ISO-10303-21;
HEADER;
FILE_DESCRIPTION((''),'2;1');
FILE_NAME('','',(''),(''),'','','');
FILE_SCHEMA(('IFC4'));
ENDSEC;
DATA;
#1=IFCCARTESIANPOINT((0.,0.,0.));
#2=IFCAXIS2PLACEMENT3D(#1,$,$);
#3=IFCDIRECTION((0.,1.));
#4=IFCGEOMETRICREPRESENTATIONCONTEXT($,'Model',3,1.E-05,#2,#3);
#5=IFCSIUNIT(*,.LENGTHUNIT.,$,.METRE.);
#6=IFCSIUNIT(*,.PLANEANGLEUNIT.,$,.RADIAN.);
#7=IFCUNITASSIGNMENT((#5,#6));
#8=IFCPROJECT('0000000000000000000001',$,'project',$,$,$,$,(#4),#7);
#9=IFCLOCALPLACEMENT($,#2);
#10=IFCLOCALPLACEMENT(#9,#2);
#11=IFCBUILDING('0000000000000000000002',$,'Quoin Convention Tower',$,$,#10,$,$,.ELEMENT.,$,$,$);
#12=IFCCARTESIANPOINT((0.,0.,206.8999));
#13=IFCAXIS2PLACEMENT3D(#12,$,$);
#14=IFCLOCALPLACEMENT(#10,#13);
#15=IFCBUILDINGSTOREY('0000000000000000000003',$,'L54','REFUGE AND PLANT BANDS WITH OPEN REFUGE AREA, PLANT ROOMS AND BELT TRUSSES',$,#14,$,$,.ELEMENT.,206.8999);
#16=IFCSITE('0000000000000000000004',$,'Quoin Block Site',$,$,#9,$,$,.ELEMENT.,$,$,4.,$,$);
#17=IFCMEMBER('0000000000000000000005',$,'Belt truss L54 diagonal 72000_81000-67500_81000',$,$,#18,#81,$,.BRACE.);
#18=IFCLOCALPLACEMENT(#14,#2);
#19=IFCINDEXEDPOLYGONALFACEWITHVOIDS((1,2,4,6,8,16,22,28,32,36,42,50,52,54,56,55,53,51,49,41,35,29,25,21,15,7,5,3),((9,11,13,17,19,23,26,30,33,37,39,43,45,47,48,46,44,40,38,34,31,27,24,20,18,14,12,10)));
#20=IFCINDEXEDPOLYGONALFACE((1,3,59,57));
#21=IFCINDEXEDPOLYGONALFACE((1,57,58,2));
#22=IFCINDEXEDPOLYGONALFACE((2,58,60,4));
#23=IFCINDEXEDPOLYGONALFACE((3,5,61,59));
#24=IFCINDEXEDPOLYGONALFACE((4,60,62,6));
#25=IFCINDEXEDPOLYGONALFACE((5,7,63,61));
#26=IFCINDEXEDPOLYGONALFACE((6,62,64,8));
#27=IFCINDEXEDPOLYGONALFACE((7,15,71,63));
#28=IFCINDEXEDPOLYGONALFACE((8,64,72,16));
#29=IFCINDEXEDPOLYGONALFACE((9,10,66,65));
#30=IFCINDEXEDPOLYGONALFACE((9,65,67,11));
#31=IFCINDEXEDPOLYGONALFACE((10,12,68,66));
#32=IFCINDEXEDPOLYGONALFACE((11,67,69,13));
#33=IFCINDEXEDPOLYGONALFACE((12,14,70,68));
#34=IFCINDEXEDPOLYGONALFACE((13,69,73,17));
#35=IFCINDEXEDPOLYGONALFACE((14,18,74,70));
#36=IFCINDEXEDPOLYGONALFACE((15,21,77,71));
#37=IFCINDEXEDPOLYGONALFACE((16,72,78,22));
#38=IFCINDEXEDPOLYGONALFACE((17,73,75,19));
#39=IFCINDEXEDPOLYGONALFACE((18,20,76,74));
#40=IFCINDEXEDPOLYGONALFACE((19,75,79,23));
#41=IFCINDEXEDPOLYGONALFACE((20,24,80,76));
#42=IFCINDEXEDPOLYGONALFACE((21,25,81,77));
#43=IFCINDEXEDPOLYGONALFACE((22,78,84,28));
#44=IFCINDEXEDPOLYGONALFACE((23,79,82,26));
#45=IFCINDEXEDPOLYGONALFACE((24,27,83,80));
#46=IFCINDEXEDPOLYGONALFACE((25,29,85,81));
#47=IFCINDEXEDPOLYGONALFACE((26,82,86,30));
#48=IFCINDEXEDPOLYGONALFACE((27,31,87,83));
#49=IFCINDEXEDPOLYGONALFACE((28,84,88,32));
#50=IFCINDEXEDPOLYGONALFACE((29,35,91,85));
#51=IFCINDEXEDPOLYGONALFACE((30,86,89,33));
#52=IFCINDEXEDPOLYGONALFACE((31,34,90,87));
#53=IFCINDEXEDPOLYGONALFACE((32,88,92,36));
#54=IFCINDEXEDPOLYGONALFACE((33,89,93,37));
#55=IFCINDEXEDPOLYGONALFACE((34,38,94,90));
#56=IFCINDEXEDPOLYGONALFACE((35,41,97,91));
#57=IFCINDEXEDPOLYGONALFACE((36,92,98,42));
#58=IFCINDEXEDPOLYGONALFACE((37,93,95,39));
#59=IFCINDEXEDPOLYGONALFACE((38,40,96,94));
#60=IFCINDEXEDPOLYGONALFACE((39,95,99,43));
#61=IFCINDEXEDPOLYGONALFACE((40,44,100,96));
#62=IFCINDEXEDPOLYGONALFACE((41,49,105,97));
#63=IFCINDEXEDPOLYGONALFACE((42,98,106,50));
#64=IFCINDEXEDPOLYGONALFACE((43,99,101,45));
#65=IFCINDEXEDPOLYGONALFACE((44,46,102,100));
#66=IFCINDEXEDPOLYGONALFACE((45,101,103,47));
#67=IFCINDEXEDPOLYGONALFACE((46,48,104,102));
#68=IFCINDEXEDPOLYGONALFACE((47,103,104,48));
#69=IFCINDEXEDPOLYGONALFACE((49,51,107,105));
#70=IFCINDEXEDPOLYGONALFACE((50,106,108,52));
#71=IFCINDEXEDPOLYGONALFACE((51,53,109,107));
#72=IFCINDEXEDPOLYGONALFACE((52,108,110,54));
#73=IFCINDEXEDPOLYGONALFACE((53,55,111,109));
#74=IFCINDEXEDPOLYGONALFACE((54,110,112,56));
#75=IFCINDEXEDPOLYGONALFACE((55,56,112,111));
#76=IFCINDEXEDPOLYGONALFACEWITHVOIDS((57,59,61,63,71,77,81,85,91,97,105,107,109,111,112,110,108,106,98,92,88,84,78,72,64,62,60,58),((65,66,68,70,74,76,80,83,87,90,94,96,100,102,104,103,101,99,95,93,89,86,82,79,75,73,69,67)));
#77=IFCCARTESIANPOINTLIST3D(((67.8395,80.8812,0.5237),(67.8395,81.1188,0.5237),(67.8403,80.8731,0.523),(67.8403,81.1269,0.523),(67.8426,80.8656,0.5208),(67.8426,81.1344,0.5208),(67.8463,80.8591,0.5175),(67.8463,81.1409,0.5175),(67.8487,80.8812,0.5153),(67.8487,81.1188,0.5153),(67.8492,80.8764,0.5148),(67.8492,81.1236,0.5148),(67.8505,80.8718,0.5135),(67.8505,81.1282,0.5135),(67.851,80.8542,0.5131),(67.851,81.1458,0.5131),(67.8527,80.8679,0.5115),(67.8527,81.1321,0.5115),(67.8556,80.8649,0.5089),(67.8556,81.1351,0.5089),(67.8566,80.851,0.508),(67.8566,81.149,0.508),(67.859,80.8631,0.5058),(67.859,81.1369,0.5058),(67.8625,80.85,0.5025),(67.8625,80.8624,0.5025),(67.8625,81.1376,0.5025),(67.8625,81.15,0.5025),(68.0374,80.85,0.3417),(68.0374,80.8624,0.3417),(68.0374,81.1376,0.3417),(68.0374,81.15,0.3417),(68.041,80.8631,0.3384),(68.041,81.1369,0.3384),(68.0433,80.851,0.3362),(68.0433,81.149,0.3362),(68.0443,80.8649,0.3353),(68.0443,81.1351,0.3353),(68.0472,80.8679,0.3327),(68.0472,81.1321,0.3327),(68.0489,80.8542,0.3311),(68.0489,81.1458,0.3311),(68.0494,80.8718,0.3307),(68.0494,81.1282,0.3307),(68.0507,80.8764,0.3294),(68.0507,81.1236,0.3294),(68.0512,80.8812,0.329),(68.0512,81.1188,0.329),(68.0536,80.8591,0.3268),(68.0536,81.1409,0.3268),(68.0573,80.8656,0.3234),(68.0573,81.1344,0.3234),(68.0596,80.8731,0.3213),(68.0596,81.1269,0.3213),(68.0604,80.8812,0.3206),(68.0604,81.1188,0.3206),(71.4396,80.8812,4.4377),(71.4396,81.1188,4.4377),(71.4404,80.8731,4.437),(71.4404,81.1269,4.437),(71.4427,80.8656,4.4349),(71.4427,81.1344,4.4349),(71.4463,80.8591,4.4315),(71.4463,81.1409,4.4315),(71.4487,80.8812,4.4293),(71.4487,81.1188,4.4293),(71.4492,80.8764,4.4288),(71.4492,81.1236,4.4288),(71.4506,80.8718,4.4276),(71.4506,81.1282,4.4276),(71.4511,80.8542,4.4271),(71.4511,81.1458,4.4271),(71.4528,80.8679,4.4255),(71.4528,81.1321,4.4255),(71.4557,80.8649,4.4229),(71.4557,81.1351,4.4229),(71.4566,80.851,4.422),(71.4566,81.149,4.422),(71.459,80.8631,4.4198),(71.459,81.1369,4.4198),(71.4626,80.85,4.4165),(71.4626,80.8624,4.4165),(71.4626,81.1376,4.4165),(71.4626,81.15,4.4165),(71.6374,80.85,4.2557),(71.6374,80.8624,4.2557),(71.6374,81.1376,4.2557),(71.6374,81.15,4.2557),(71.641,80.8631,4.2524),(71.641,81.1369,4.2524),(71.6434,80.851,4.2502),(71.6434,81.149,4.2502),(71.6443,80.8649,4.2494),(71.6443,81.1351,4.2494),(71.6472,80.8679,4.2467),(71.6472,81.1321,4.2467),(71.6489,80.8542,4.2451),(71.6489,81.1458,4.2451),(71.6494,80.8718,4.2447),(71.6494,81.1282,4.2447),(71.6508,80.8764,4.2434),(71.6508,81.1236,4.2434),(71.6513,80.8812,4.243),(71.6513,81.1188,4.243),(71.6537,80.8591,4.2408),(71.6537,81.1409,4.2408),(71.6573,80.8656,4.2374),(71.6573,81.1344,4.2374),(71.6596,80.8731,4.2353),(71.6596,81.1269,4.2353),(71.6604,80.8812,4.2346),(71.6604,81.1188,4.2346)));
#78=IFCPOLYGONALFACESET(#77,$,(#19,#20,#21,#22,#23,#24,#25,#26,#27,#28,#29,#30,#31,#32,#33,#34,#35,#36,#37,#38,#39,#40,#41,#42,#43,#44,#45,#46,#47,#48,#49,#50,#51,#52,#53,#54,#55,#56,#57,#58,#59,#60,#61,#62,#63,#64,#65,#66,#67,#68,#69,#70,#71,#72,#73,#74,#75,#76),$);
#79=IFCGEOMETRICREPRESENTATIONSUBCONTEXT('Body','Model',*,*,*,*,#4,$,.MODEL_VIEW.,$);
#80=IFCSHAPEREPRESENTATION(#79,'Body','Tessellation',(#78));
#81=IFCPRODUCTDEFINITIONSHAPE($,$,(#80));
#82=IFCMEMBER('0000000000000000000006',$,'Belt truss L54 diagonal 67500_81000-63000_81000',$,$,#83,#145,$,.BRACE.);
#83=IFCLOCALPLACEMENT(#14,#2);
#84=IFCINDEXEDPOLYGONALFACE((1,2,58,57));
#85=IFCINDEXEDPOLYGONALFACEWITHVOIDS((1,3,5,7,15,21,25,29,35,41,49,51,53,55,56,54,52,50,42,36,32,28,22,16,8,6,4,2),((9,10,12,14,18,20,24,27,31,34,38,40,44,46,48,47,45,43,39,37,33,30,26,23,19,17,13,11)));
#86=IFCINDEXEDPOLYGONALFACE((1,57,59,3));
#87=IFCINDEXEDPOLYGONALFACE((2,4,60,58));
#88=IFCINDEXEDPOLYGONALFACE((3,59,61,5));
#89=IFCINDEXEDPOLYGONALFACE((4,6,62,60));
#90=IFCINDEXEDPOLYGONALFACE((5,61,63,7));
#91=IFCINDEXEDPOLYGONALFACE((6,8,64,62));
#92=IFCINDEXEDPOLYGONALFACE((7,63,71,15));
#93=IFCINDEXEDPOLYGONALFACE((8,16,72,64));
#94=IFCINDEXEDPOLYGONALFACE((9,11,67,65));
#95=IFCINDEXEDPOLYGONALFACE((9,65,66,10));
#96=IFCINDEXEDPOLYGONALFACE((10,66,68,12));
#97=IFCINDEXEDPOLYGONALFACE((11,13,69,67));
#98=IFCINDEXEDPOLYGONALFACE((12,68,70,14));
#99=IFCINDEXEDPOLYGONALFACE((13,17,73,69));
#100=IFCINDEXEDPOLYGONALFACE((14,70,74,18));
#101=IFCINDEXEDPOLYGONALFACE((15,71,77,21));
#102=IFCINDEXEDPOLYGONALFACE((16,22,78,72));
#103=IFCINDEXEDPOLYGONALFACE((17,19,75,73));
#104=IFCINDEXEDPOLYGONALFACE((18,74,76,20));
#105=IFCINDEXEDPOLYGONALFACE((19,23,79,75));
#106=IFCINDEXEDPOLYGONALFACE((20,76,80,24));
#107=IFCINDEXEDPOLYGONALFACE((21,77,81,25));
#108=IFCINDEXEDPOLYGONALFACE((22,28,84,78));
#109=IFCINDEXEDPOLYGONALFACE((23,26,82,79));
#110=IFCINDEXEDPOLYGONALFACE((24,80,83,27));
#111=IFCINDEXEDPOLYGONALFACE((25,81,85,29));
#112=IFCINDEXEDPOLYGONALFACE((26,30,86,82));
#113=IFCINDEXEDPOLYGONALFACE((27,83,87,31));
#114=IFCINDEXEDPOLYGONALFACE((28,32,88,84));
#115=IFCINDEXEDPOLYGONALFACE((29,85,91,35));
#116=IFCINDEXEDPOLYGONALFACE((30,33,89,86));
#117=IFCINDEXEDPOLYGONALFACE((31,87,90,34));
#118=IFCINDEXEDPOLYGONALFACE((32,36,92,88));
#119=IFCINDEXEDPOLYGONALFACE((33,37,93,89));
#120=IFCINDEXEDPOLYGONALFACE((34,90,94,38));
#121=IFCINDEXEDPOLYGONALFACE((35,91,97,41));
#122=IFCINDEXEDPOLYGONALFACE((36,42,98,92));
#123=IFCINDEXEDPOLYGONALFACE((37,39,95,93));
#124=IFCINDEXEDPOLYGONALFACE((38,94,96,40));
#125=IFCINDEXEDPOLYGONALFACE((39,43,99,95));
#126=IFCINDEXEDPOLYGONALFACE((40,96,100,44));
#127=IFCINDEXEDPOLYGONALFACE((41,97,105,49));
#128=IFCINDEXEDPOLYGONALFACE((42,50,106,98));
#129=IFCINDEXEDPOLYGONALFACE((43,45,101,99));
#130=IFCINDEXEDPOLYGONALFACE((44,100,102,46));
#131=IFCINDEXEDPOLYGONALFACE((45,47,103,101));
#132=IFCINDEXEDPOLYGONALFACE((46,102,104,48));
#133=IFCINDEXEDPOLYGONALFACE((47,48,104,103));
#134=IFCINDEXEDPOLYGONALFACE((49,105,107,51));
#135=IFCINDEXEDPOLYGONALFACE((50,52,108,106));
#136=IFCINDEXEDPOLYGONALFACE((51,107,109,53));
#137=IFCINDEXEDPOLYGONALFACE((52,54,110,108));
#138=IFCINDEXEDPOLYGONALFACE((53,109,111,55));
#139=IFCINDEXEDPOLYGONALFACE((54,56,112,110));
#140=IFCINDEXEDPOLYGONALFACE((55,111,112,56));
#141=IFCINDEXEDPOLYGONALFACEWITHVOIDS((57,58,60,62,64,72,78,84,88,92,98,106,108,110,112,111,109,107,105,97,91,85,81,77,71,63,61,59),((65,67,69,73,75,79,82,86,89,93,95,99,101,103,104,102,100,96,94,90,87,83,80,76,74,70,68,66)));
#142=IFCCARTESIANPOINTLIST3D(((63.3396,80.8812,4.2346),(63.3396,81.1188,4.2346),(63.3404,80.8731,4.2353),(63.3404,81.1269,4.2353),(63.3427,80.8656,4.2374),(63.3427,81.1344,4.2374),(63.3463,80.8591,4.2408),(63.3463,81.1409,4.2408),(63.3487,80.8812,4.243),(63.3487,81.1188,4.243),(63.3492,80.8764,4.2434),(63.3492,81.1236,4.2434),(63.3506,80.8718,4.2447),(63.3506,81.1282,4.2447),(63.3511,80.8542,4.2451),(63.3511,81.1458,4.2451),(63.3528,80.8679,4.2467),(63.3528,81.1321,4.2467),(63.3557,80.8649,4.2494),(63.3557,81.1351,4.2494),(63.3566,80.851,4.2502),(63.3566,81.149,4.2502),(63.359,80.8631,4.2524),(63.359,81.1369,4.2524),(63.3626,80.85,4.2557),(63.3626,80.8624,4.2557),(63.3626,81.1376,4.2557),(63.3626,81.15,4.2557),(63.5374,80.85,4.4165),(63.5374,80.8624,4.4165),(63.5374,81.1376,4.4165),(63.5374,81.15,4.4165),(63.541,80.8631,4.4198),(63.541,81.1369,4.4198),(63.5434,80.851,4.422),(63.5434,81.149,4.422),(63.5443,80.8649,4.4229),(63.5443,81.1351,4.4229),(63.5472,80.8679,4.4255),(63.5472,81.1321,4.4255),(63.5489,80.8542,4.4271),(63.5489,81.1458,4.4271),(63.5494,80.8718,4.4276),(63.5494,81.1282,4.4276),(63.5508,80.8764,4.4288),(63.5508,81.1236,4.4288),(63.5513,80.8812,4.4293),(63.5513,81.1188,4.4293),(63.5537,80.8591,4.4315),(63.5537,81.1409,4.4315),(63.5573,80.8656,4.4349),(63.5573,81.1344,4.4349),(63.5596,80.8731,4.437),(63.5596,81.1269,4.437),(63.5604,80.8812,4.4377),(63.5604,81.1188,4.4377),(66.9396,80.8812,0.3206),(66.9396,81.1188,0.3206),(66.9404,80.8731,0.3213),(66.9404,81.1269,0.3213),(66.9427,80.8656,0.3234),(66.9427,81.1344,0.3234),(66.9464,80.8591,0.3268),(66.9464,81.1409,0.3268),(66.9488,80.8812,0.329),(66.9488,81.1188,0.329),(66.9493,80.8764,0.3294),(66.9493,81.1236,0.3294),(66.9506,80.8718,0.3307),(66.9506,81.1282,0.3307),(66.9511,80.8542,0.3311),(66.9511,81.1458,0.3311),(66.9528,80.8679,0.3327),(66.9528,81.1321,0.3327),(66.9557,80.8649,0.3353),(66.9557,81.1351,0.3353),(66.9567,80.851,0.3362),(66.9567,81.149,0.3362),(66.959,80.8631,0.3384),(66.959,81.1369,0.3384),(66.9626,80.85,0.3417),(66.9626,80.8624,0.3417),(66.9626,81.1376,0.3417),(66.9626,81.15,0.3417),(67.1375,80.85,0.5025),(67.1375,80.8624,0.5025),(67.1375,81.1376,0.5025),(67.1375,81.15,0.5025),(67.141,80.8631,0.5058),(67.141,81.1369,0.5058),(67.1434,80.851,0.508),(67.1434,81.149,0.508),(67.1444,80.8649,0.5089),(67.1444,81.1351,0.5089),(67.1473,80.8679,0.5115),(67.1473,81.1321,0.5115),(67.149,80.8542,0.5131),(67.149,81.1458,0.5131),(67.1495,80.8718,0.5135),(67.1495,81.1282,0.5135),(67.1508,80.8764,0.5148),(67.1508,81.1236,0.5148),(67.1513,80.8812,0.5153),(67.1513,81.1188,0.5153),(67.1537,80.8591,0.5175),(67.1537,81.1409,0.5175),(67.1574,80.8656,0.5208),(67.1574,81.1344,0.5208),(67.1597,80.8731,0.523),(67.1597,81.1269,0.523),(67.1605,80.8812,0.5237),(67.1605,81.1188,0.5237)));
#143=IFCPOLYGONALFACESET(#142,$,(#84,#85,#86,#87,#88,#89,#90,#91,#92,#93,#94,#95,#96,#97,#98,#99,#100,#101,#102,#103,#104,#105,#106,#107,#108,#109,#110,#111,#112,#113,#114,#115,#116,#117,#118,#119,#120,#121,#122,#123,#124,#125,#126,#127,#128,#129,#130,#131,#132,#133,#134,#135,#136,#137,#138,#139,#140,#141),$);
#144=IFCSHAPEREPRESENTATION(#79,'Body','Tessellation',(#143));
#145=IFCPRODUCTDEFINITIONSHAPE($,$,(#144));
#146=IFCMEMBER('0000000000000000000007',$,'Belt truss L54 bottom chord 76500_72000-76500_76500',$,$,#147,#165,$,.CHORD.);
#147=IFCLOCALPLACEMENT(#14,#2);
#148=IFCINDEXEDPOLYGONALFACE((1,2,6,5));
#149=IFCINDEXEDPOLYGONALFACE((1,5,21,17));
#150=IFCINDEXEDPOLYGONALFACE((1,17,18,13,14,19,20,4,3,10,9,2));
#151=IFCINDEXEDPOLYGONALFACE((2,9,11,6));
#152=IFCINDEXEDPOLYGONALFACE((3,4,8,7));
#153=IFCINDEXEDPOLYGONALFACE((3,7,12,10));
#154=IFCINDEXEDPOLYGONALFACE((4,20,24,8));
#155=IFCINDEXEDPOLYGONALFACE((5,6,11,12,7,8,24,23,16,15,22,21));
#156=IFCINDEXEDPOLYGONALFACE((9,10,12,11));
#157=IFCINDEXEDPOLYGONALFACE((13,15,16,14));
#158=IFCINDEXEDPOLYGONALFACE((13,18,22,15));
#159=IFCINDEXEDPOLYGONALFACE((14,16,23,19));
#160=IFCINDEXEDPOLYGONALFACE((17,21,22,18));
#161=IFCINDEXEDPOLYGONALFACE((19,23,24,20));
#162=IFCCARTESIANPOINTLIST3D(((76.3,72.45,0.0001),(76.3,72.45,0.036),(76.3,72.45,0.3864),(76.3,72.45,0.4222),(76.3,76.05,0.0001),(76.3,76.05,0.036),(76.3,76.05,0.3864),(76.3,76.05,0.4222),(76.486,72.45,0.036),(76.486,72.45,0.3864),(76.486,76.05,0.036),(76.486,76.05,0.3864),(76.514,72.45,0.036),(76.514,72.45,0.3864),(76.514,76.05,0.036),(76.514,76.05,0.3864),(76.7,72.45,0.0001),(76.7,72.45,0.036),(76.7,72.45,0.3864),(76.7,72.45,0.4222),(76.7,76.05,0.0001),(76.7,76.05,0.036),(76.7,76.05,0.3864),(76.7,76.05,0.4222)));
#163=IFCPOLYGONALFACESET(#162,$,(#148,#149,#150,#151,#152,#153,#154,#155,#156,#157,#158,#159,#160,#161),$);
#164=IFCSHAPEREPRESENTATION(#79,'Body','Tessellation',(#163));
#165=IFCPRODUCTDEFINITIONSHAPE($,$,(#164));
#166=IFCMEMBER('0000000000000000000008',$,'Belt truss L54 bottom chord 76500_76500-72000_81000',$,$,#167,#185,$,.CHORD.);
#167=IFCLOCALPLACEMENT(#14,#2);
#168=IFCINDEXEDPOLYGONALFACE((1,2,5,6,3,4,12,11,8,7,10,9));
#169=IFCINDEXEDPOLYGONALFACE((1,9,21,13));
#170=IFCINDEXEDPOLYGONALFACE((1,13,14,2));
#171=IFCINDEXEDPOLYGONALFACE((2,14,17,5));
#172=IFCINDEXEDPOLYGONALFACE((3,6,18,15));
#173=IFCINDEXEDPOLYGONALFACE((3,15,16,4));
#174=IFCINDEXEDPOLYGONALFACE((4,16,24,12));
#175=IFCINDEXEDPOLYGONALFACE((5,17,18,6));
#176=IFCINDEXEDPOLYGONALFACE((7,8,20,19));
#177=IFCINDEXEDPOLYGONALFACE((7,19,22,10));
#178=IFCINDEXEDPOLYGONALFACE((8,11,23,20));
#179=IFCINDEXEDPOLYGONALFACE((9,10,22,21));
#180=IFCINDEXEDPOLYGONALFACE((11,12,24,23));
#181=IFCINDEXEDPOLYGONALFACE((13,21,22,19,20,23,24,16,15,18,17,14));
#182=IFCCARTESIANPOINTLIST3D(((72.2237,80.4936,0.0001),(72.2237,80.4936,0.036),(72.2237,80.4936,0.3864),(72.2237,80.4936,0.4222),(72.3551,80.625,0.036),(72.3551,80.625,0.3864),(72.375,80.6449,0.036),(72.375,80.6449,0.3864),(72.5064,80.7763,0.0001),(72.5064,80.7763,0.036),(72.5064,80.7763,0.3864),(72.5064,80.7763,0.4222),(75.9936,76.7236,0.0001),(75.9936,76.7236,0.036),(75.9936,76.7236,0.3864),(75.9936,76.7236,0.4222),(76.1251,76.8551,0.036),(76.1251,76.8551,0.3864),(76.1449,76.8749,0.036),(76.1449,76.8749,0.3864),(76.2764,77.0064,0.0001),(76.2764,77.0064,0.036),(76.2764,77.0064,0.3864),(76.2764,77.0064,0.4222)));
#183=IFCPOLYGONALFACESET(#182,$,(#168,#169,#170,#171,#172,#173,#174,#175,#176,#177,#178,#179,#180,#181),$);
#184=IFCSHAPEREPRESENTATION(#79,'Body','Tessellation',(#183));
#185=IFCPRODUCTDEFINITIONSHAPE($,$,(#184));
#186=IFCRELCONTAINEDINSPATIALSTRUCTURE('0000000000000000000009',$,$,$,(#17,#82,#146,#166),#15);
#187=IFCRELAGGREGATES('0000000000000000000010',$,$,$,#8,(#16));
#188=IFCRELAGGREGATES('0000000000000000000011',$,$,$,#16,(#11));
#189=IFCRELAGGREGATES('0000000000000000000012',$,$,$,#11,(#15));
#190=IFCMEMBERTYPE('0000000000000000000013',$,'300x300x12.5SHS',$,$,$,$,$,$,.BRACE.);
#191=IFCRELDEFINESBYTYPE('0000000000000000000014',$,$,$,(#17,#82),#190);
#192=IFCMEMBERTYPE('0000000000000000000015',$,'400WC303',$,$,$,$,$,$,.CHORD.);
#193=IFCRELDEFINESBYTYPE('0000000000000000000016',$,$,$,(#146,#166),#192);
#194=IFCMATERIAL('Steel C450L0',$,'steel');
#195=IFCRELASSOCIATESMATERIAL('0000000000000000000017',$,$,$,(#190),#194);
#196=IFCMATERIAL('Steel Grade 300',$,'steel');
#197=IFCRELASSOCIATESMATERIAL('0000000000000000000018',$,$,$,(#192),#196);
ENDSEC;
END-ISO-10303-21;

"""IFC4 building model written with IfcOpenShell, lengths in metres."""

from ifc_helpers import new_model, si_unit, direction, frame, origin, origin_2d, place, context, subcontext, project, spatial, hollow_rectangle, i_section, extrude, material, material_profile, profile_set, type_object, element, save


model = new_model("IFC4")

# Units and contexts
model_context = context("Model", 3, precision=1e-05, world=origin(), true_north=direction((0.0, 1.0)))
body_context = subcontext(model_context, "Body", "Model", "MODEL_VIEW")
ifc_project = project(units=[si_unit("LENGTHUNIT", "METRE"), si_unit("PLANEANGLEUNIT", "RADIAN")], contexts=[model_context])

# Site, building, storey
site_placement = place(None, origin())
site = spatial("IfcSite", under=ifc_project, at=site_placement, Name="Quoin Block Site", CompositionType="ELEMENT", RefElevation=4.0)
building_placement = place(site_placement, origin())
building = spatial("IfcBuilding", under=site, at=building_placement, Name="Quoin Convention Tower", CompositionType="ELEMENT")
storey_placement = place(building_placement, frame((0.0, 0.0, 206.8999)))
storey = spatial("IfcBuildingStorey", under=building, at=storey_placement, Name="L54", Description="REFUGE AND PLANT BANDS WITH OPEN REFUGE AREA, PLANT ROOMS AND BELT TRUSSES", CompositionType="ELEMENT", Elevation=206.8999)

# Members
ifc_material_1 = material(Name="Steel C450L0", Category="steel")
ifc_material_profile_1 = material_profile(ifc_material_1, hollow_rectangle(XDim=0.3, YDim=0.3, WallThickness=0.0125, InnerFilletRadius=0.0188, OuterFilletRadius=0.0312, at=origin_2d()), Name="300x300x12.5SHS")
ifc_profile_set_1 = profile_set([ifc_material_profile_1], Name="Steel C450L0")
member_type_1 = type_object("IfcMemberType", Name="300x300x12.5SHS", PredefinedType="BRACE", material=ifc_profile_set_1)
for number, where, z_axis, x_axis, name in (
    (1, (67.95, 81.0, 0.4221), (0.676971, 0.0, 0.73601), (0.0, 1.0, 0.0), "Belt truss L54 diagonal 72000_81000-67500_81000"),
    (2, (67.05, 81.0, 0.4221), (-0.676971, 0.0, 0.73601), (0.0, -1.0, 0.0), "Belt truss L54 diagonal 67500_81000-63000_81000"),
):
    element("IfcMember", number, at=place(storey_placement, frame(where, z_axis=z_axis, x_axis=x_axis)), inside=storey, type_object=member_type_1, Name=name, PredefinedType="BRACE", context=body_context, shape_type="SweptSolid", body=[
        extrude(hollow_rectangle(XDim=0.3, YDim=0.3, WallThickness=0.0125, InnerFilletRadius=0.0188, OuterFilletRadius=0.0312, at=origin_2d()), origin(), (0.0, 0.0, 1.0), 5.3179),
    ])
ifc_material_2 = material(Name="Steel Grade 300", Category="steel")
ifc_material_profile_2 = material_profile(ifc_material_2, i_section(OverallWidth=0.3999, OverallDepth=0.4221, WebThickness=0.0281, FlangeThickness=0.0359, at=origin_2d()), Name="400WC303")
ifc_profile_set_2 = profile_set([ifc_material_profile_2], Name="Steel Grade 300")
member_type_2 = type_object("IfcMemberType", Name="400WC303", PredefinedType="CHORD", material=ifc_profile_set_2)
member_1_placement = place(storey_placement, frame((76.5, 72.45, 0.2112), z_axis=(0.0, 1.0, 0.0), x_axis=(-1.0, 0.0, 0.0)))
element("IfcMember", 3, at=member_1_placement, inside=storey, type_object=member_type_2, Name="Belt truss L54 bottom chord 76500_72000-76500_76500", PredefinedType="CHORD", context=body_context, shape_type="SweptSolid", body=[
    extrude(i_section(OverallWidth=0.3999, OverallDepth=0.4221, WebThickness=0.0281, FlangeThickness=0.0359, at=origin_2d()), origin(), (0.0, 0.0, 1.0), 3.6001),
])
member_2_placement = place(storey_placement, frame((76.135, 76.865, 0.2112), z_axis=(-0.707107, 0.707107, 0.0), x_axis=(-0.707107, -0.707107, 0.0)))
element("IfcMember", 4, at=member_2_placement, inside=storey, type_object=member_type_2, Name="Belt truss L54 bottom chord 76500_76500-72000_81000", PredefinedType="CHORD", context=body_context, shape_type="SweptSolid", body=[
    extrude(i_section(OverallWidth=0.3999, OverallDepth=0.4221, WebThickness=0.0281, FlangeThickness=0.0359, at=origin_2d()), origin(), (0.0, 0.0, 1.0), 5.3315),
])

save(model, "model.ifc")
